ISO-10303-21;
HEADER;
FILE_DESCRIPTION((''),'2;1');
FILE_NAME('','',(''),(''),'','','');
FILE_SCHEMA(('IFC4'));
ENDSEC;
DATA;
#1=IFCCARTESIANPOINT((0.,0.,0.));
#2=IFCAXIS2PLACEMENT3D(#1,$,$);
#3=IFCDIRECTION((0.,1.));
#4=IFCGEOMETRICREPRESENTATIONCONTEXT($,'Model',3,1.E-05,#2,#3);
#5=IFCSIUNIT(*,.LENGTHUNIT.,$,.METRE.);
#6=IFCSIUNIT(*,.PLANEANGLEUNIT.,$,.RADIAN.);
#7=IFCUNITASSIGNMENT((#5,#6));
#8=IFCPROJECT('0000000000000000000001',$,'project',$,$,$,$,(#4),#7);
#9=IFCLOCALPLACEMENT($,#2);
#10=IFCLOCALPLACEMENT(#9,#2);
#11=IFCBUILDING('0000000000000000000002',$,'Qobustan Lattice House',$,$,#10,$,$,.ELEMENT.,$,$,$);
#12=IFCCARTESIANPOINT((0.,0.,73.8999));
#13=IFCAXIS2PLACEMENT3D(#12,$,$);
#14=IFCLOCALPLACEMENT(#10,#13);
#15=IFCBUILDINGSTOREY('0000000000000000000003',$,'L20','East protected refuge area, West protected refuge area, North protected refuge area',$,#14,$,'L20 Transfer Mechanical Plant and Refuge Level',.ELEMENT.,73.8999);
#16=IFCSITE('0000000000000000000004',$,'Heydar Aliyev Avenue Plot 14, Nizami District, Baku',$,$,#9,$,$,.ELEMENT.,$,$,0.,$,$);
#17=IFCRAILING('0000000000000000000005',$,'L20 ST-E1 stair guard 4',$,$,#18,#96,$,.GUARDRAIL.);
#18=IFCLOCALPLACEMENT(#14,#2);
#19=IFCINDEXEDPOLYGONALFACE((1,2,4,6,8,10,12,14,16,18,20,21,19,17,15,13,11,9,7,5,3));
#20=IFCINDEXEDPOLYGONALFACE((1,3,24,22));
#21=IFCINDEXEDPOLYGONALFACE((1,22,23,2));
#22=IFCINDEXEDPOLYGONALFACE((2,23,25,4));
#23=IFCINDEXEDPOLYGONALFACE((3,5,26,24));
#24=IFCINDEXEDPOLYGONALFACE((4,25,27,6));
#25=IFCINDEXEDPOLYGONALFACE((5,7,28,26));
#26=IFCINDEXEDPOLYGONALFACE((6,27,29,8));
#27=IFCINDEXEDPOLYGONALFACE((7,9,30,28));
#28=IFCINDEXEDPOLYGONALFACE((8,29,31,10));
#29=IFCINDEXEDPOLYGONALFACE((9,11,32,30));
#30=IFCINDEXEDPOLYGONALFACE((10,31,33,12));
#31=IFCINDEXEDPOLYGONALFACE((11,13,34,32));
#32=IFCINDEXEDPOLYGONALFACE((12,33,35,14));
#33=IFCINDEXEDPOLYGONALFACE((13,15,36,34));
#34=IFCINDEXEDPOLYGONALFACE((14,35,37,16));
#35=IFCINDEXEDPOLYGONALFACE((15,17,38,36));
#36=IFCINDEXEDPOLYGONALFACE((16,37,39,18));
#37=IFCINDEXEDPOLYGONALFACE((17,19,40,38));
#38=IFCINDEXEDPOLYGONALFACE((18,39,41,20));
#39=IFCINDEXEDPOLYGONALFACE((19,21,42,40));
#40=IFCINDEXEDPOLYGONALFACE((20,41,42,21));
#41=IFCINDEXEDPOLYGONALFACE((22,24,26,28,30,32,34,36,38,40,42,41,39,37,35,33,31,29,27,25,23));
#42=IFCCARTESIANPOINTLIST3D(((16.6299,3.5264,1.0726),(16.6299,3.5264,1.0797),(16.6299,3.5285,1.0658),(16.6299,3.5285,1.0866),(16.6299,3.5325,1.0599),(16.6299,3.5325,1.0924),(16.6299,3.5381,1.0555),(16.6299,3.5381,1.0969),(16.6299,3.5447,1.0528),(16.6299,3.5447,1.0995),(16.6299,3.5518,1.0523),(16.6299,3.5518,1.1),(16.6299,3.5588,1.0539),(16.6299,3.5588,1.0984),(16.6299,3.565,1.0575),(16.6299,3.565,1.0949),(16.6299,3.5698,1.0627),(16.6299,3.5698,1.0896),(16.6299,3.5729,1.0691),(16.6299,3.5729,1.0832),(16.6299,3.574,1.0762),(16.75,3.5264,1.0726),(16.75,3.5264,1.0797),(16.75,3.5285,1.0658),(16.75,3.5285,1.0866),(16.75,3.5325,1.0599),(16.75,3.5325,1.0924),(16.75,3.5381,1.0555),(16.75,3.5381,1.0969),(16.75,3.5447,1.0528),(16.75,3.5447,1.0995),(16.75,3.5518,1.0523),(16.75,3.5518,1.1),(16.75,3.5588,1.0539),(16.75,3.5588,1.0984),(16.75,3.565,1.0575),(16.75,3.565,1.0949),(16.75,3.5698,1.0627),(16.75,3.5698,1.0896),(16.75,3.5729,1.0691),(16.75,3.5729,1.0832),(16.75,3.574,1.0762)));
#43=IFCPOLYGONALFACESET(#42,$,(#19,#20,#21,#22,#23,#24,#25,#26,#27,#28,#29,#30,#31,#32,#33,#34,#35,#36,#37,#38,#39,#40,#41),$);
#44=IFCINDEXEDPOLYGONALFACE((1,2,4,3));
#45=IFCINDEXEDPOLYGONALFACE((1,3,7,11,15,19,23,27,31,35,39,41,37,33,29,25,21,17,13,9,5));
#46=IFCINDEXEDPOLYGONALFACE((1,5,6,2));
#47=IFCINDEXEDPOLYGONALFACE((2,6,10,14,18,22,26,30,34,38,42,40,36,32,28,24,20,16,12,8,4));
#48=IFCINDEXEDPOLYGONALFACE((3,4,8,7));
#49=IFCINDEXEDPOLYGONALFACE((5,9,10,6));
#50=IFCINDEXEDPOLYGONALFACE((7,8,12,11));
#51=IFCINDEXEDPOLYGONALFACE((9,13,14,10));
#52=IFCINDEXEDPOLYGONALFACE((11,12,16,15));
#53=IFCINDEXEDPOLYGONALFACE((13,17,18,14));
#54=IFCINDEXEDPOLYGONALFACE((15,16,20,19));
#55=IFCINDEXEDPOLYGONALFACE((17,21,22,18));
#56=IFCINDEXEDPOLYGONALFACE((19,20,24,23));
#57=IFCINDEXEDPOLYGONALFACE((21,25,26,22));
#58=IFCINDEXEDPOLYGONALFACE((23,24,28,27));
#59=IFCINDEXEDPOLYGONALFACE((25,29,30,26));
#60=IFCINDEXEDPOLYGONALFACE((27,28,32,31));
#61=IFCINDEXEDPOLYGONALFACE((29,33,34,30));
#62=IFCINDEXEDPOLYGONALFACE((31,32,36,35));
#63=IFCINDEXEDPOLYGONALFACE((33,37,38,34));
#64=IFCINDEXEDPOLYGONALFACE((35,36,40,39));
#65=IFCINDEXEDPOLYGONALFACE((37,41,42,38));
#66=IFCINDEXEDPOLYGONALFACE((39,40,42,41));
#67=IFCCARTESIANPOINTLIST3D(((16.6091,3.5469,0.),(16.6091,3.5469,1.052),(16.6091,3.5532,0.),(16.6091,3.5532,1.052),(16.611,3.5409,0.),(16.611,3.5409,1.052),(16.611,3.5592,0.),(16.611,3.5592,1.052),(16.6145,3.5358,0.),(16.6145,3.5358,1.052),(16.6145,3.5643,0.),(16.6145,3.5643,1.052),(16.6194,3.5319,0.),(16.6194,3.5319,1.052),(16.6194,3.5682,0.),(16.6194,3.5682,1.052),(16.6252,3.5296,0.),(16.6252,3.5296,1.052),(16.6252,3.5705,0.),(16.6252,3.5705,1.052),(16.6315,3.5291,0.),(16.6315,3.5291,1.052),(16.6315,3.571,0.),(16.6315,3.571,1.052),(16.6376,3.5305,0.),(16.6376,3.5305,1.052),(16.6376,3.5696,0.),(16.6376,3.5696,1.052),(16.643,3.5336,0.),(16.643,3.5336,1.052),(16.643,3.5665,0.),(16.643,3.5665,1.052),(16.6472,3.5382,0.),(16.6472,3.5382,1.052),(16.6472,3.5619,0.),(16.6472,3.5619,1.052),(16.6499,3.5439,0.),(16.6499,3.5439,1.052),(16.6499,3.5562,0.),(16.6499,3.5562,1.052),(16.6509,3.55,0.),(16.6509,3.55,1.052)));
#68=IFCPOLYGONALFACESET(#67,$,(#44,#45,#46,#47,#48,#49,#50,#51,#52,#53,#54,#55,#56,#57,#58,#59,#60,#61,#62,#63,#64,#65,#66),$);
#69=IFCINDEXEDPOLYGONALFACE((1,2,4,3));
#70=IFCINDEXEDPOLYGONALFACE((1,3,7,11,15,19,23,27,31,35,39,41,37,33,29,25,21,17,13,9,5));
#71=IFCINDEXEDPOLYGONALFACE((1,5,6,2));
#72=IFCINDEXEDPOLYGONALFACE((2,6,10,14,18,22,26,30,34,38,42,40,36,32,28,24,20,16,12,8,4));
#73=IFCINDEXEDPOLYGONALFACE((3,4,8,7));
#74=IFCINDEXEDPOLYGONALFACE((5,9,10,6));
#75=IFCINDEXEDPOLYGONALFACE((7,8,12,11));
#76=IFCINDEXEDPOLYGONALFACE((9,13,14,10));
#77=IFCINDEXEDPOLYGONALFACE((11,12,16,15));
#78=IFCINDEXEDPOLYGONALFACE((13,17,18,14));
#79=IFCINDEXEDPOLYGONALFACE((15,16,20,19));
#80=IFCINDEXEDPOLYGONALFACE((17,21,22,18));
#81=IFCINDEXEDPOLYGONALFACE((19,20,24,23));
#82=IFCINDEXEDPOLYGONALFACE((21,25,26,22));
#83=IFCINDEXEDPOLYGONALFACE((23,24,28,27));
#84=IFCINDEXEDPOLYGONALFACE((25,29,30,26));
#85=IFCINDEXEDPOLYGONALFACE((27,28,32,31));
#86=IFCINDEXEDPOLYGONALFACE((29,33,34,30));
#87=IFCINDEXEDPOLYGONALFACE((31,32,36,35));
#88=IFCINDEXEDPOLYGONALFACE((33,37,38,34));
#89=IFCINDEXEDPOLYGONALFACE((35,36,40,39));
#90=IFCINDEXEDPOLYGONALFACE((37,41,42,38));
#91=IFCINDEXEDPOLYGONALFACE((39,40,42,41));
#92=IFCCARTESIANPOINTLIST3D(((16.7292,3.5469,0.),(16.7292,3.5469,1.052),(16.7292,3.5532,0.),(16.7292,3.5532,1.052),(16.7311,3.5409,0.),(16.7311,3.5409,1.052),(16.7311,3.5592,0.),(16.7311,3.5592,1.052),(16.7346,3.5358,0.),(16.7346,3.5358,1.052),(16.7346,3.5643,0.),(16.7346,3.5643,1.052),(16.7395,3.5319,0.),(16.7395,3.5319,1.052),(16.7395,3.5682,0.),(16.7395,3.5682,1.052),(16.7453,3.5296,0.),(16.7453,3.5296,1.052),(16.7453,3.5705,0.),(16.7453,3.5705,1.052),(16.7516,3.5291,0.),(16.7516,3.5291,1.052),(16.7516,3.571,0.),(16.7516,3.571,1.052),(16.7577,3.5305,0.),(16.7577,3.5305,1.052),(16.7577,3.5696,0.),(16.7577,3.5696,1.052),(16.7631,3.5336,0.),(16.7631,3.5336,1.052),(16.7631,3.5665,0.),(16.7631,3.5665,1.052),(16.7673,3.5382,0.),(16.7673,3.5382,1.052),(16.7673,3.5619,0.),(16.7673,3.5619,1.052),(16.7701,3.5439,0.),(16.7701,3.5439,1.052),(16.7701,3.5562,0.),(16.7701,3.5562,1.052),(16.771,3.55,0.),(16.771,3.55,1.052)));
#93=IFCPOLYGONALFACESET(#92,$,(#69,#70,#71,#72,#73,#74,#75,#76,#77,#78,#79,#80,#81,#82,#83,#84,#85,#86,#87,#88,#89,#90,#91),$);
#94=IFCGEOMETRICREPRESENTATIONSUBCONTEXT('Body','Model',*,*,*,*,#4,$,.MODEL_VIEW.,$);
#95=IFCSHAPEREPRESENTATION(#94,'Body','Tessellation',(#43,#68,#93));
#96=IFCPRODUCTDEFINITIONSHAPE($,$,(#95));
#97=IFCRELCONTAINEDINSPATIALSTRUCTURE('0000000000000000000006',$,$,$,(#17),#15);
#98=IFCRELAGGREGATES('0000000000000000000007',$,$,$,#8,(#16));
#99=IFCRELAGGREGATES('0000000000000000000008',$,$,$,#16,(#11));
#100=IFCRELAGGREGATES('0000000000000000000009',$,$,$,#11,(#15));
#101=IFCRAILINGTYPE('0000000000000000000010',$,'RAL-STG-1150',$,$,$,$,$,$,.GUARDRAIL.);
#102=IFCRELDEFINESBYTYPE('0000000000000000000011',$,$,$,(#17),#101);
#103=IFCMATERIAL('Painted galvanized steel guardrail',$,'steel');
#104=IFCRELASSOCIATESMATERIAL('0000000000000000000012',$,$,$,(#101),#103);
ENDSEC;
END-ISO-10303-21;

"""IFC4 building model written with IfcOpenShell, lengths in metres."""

from ifc_helpers import new_model, si_unit, direction, frame, origin, origin_2d, place, context, subcontext, project, spatial, circle, extrude, material, type_object, element, save


model = new_model("IFC4")

# Units and contexts
model_context = context("Model", 3, precision=1e-05, world=origin(), true_north=direction((0.0, 1.0)))
body_context = subcontext(model_context, "Body", "Model", "MODEL_VIEW")
ifc_project = project(units=[si_unit("LENGTHUNIT", "METRE"), si_unit("PLANEANGLEUNIT", "RADIAN")], contexts=[model_context])

# Site, building, storey
site_placement = place(None, origin())
site = spatial("IfcSite", under=ifc_project, at=site_placement, Name="Heydar Aliyev Avenue Plot 14, Nizami District, Baku", CompositionType="ELEMENT", RefElevation=0.0)
building_placement = place(site_placement, origin())
building = spatial("IfcBuilding", under=site, at=building_placement, Name="Qobustan Lattice House", CompositionType="ELEMENT")
storey_placement = place(building_placement, frame((0.0, 0.0, 73.8999)))
storey = spatial("IfcBuildingStorey", under=building, at=storey_placement, Name="L20", Description="East protected refuge area, West protected refuge area, North protected refuge area", LongName="L20 Transfer Mechanical Plant and Refuge Level", CompositionType="ELEMENT", Elevation=73.8999)

# Railing
ifc_material_1 = material(Name="Painted galvanized steel guardrail", Category="steel")
railing_type_1 = type_object("IfcRailingType", Name="RAL-STG-1150", PredefinedType="GUARDRAIL", material=ifc_material_1)
railing_1_placement = place(storey_placement, frame((16.6299, 3.55, 0.0)))
element("IfcRailing", 1, at=railing_1_placement, inside=storey, type_object=railing_type_1, Name="L20 ST-E1 stair guard 4", PredefinedType="GUARDRAIL", context=body_context, shape_type="SweptSolid", body=[
    extrude(circle(Radius=0.0239, at=origin_2d()), frame((0.0, 0.0, 1.0762), z_axis=(1.0, 0.0, 0.0), x_axis=(0.0, 1.0, 0.0)), (0.0, 0.0, 1.0), 0.1201),
    extrude(circle(Radius=0.021, at=origin_2d()), origin(), (0.0, 0.0, 1.0), 1.052),
    extrude(circle(Radius=0.021, at=origin_2d()), frame((0.1201, 0.0, 0.0)), (0.0, 0.0, 1.0), 1.052),
])

save(model, "model.ifc")
